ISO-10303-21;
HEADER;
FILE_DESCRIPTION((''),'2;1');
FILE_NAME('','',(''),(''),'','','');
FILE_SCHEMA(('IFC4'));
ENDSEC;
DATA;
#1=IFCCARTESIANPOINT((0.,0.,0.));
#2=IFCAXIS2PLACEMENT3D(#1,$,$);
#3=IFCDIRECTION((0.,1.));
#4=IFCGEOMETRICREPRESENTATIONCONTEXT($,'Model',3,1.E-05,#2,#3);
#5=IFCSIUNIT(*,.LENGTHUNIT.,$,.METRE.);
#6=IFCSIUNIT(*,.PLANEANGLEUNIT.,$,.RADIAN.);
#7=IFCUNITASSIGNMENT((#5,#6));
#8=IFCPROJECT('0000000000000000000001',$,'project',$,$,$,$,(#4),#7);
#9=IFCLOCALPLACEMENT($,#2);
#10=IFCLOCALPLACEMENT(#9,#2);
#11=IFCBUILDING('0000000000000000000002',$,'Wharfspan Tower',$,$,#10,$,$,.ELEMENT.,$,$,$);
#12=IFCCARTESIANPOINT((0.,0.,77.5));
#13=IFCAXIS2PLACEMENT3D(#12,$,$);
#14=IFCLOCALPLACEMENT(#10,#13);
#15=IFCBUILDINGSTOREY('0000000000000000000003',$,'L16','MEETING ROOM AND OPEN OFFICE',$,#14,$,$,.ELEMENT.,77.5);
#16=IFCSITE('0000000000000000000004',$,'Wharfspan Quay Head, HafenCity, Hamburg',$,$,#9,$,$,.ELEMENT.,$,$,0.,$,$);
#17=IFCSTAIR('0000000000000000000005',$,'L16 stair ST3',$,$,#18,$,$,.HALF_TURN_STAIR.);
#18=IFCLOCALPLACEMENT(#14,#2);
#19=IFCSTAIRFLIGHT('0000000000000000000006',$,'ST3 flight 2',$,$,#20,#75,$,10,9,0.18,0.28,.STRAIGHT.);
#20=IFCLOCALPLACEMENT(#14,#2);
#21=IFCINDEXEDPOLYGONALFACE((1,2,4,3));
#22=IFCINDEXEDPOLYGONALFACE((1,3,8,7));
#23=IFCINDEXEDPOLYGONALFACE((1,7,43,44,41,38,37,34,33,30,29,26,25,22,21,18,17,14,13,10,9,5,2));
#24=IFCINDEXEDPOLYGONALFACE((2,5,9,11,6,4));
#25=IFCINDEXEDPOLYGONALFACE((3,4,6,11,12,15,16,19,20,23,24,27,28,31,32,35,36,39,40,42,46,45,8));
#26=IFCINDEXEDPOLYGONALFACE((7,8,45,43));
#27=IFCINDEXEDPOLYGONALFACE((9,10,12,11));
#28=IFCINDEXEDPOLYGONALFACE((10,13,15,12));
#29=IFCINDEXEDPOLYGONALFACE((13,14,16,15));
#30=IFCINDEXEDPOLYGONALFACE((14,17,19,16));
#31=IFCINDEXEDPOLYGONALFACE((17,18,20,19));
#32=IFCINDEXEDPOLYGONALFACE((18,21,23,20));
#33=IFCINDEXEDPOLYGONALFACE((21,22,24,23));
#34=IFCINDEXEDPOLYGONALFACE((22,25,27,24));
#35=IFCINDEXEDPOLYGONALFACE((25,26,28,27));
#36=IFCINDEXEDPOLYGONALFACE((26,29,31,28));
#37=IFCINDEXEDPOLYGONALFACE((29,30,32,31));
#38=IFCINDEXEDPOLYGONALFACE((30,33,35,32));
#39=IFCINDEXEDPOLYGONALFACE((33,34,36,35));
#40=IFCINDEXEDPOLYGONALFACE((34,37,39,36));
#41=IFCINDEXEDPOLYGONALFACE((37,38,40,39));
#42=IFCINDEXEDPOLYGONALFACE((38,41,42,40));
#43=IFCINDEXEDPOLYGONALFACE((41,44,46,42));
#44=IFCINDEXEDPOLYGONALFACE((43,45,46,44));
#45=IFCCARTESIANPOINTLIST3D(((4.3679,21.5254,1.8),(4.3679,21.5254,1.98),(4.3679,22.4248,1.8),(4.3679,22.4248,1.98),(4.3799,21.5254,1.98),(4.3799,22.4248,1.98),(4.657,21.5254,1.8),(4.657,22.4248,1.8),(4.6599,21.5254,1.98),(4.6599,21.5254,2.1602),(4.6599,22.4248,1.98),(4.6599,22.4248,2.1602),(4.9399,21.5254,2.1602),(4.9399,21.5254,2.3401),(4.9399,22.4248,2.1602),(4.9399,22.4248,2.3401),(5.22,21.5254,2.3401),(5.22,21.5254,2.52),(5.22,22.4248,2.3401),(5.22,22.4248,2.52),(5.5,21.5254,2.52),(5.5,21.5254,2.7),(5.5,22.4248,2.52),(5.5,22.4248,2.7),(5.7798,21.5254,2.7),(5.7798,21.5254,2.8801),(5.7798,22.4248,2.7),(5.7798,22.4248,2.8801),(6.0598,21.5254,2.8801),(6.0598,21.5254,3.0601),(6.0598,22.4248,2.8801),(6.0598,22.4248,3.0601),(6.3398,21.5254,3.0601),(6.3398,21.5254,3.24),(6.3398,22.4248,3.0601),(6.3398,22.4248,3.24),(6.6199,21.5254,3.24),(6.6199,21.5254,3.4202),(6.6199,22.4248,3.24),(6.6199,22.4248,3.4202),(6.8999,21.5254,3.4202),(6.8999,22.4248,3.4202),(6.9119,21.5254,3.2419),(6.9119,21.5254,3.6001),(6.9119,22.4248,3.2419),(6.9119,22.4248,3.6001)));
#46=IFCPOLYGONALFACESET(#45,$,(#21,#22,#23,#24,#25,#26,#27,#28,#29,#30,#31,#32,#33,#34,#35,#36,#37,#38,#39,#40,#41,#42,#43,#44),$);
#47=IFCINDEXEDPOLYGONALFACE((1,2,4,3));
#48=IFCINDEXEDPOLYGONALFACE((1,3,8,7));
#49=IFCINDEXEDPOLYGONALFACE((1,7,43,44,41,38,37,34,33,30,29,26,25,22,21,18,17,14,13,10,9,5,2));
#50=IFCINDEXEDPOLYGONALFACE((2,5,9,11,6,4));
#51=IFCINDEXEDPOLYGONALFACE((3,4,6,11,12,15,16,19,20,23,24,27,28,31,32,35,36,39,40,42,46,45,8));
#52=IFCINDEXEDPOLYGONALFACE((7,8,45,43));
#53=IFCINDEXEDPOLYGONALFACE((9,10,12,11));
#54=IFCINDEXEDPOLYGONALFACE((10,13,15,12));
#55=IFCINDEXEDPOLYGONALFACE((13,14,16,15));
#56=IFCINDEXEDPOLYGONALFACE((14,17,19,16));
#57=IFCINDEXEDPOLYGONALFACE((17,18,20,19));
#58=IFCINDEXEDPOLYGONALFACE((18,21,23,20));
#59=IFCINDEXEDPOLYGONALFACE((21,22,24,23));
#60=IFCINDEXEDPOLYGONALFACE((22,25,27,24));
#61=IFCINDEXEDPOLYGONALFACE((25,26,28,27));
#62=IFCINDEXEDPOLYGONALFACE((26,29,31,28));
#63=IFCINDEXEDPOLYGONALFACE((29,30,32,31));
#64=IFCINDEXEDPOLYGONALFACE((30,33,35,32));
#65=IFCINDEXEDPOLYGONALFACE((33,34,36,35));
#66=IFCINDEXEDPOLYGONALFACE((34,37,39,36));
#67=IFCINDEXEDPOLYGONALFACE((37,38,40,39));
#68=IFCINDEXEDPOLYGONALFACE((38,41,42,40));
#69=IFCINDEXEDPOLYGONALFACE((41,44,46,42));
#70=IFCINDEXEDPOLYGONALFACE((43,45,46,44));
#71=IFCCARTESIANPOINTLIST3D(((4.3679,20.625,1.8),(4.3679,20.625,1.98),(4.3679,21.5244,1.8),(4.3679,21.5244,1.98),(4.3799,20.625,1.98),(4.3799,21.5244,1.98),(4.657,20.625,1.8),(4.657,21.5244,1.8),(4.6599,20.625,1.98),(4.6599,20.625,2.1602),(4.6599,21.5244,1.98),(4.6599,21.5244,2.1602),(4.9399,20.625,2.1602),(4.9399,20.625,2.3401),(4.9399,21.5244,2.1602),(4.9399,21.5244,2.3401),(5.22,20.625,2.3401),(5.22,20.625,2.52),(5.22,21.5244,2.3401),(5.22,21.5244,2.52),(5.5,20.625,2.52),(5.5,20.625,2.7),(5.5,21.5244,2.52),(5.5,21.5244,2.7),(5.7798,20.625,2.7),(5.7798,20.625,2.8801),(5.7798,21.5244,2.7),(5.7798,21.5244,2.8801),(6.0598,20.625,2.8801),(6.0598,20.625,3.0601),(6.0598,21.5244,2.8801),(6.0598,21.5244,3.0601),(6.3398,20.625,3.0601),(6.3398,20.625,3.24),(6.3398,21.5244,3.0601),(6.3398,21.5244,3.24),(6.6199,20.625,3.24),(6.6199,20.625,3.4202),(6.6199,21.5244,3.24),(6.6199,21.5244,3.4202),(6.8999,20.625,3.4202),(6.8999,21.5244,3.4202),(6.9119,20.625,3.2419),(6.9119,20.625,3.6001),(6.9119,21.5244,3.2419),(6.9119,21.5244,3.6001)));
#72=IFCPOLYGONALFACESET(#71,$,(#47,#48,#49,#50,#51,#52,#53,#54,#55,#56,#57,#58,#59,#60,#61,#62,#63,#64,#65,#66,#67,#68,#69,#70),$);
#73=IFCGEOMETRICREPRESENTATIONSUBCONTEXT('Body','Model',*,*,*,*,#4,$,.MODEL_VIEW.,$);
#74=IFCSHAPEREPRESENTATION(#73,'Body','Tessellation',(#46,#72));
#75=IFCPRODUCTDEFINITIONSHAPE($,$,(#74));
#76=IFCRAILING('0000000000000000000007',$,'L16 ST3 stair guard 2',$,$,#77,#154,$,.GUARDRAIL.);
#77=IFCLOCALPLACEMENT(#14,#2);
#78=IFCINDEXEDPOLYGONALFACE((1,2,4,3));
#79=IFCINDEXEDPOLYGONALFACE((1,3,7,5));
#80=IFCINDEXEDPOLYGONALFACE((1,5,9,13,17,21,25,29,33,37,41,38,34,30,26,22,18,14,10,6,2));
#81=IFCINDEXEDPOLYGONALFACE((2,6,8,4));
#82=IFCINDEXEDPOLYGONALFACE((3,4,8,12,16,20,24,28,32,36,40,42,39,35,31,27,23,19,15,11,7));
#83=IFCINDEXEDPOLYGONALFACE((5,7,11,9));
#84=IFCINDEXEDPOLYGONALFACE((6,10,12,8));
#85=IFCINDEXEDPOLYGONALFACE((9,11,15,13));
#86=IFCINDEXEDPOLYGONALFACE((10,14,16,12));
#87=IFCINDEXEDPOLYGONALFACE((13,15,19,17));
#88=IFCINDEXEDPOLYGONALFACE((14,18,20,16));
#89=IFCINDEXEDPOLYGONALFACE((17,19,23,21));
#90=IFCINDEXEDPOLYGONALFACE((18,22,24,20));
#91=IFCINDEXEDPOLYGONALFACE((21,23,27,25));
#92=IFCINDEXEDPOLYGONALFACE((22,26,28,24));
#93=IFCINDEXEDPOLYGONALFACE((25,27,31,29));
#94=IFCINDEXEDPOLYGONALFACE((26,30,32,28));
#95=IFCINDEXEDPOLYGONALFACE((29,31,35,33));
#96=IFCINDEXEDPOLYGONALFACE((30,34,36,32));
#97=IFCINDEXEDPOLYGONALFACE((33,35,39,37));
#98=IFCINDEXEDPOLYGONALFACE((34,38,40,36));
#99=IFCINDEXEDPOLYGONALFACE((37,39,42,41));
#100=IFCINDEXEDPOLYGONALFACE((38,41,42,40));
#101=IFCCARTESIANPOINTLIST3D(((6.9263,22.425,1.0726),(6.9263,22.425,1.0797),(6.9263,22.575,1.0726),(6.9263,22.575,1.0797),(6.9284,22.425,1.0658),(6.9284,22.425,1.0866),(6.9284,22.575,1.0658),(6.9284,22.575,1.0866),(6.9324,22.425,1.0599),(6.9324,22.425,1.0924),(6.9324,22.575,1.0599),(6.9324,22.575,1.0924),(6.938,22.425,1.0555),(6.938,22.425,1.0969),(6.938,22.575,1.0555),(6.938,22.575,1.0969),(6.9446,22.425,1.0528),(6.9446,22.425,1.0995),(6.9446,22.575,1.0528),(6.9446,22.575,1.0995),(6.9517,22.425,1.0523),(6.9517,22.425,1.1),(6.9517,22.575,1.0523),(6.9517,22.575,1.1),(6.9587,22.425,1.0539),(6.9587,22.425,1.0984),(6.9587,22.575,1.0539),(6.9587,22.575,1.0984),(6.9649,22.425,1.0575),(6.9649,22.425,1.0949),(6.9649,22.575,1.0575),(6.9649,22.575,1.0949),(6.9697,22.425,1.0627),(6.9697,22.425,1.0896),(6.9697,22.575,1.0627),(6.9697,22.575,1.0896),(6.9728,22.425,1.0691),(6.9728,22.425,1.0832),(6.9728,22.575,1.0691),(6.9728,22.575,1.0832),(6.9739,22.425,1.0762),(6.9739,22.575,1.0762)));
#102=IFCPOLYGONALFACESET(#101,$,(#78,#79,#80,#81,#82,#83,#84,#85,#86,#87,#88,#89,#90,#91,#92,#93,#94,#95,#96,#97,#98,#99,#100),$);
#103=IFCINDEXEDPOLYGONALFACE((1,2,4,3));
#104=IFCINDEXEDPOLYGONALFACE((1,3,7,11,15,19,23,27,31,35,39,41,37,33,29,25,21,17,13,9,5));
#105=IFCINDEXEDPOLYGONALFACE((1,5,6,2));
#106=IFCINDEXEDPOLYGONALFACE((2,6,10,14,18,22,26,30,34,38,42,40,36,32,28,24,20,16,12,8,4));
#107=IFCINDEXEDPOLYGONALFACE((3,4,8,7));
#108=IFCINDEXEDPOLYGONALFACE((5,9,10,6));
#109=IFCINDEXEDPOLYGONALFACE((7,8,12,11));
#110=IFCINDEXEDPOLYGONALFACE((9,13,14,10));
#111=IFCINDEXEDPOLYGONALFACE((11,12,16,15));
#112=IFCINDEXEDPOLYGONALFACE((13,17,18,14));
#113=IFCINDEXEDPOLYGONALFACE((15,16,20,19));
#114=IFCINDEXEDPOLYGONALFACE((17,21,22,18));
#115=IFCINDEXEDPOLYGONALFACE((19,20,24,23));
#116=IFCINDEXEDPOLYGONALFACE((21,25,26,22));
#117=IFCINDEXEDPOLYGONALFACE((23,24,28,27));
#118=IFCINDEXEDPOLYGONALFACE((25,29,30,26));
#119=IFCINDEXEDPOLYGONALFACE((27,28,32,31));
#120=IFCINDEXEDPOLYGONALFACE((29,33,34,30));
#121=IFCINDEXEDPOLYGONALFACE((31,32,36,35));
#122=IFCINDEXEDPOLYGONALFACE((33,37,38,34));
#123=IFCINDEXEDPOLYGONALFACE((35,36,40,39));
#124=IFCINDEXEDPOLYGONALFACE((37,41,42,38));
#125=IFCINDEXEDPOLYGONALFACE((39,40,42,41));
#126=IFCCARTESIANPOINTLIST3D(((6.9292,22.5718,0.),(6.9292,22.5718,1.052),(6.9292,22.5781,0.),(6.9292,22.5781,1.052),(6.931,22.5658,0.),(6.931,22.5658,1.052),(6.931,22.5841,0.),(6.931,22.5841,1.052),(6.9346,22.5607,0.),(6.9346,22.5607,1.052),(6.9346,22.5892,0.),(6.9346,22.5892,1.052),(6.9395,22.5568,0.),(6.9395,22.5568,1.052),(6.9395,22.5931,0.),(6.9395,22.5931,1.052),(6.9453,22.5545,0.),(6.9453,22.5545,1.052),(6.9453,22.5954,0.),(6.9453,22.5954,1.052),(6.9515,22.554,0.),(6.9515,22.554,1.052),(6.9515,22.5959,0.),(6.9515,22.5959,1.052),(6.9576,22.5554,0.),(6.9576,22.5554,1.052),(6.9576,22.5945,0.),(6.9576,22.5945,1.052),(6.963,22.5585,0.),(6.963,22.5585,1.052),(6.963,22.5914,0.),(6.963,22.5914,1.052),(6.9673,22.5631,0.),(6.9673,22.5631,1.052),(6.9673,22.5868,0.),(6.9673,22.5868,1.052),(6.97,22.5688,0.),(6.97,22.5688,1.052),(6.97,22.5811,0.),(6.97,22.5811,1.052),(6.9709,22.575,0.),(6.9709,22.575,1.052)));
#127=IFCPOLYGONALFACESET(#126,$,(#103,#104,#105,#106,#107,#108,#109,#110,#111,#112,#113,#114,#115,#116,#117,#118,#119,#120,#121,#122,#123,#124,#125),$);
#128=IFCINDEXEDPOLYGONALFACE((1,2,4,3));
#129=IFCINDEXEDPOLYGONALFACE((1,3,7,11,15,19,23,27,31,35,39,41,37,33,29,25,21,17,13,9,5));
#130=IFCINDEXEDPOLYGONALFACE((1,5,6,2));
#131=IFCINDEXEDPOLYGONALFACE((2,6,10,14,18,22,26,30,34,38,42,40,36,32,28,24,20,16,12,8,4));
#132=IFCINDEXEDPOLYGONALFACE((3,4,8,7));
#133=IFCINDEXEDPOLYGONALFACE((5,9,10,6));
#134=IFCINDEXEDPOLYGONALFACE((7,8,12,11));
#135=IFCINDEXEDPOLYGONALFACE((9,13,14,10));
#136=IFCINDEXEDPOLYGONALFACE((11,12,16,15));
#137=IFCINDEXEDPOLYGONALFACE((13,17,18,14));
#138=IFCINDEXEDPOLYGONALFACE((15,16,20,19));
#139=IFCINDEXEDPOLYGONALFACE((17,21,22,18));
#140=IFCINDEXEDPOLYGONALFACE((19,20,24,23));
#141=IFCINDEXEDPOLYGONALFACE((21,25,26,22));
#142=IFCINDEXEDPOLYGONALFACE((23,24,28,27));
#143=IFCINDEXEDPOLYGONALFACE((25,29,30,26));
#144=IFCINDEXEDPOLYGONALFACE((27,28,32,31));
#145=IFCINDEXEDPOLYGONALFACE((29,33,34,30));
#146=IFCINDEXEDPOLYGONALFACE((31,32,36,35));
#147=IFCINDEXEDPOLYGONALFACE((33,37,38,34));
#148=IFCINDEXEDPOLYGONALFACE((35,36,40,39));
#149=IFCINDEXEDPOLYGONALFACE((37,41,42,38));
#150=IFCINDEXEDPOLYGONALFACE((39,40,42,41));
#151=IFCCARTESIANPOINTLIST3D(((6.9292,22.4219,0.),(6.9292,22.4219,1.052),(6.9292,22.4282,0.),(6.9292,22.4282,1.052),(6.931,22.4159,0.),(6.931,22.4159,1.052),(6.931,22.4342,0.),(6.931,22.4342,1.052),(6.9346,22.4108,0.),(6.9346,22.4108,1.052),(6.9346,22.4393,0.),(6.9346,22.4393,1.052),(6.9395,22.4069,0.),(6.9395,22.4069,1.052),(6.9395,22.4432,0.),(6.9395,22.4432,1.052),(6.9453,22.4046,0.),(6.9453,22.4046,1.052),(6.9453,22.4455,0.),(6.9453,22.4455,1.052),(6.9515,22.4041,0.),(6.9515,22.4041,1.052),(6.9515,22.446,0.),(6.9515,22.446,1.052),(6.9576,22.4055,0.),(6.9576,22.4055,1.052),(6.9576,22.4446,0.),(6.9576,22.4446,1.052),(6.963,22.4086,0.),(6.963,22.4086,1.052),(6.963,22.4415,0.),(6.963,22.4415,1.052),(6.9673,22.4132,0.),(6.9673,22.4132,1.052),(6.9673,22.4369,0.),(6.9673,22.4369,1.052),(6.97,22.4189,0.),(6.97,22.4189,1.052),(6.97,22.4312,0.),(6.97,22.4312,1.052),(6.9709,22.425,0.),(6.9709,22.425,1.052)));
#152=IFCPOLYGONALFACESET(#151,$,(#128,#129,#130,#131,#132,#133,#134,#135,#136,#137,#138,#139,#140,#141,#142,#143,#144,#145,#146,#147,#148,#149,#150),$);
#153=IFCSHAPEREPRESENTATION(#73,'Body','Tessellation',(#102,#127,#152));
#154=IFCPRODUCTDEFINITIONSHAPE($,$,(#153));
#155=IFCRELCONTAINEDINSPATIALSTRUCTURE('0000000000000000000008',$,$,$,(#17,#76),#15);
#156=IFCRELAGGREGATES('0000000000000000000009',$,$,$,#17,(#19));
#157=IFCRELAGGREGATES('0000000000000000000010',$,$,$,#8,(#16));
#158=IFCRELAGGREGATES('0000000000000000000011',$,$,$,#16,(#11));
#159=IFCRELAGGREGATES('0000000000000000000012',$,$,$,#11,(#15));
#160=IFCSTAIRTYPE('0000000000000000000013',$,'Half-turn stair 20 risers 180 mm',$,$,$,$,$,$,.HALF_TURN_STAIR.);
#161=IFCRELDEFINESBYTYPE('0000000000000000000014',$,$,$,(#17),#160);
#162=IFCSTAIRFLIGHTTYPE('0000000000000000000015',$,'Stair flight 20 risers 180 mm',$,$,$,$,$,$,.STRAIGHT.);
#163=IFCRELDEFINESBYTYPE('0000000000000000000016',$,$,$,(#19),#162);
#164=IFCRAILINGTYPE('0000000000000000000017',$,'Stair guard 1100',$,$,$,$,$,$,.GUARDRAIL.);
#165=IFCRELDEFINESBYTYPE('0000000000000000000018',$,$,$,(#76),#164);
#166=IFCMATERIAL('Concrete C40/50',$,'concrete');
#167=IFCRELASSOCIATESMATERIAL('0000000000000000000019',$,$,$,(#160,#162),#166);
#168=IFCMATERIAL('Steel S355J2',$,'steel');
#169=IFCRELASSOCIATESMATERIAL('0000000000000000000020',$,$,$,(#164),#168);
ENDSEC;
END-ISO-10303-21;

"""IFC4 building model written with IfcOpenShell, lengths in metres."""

from ifc_helpers import new_model, si_unit, direction, frame, origin, origin_2d, place, context, subcontext, project, spatial, polyline, circle, outline, extrude, material, type_object, element, aggregate, save


model = new_model("IFC4")

# Units and contexts
model_context = context("Model", 3, precision=1e-05, world=origin(), true_north=direction((0.0, 1.0)))
body_context = subcontext(model_context, "Body", "Model", "MODEL_VIEW")
ifc_project = project(units=[si_unit("LENGTHUNIT", "METRE"), si_unit("PLANEANGLEUNIT", "RADIAN")], contexts=[model_context])

# Site, building, storey
site_placement = place(None, origin())
site = spatial("IfcSite", under=ifc_project, at=site_placement, Name="Wharfspan Quay Head, HafenCity, Hamburg", CompositionType="ELEMENT", RefElevation=0.0)
building_placement = place(site_placement, origin())
building = spatial("IfcBuilding", under=site, at=building_placement, Name="Wharfspan Tower", CompositionType="ELEMENT")
storey_placement = place(building_placement, frame((0.0, 0.0, 77.5)))
storey = spatial("IfcBuildingStorey", under=building, at=storey_placement, Name="L16", Description="MEETING ROOM AND OPEN OFFICE", CompositionType="ELEMENT", Elevation=77.5)

# Shared definitions
ifc_material_1 = material(Name="Steel S355J2", Category="steel")

# Shared definitions
ifc_material_2 = material(Name="Concrete C40/50", Category="concrete")

# Stair, stair flight
stair_type = type_object("IfcStairType", Name="Half-turn stair 20 risers 180 mm", PredefinedType="HALF_TURN_STAIR", material=ifc_material_2)
stair_placement = place(storey_placement, origin())
stair = element("IfcStair", 1, at=stair_placement, inside=storey, type_object=stair_type, Name="L16 stair ST3", PredefinedType="HALF_TURN_STAIR")
stair_flight_type = type_object("IfcStairFlightType", Name="Stair flight 20 risers 180 mm", PredefinedType="STRAIGHT", material=ifc_material_2)
stair_flight_1_placement = place(storey_placement, frame((4.3799, 21.5249, 1.8), z_axis=(0.0, 0.0, 1.0), x_axis=(1.0, 0.0, 0.0)))
stair_flight_1 = element("IfcStairFlight", 2, at=stair_flight_1_placement, type_object=stair_flight_type, Name="ST3 flight 2", NumberOfRisers=10, NumberOfTreads=9, PredefinedType="STRAIGHT", RiserHeight=0.18, TreadLength=0.28, context=body_context, shape_type="SweptSolid", body=[
    extrude(outline(polyline([(-0.012, 0.0), (-0.012, 0.1799), (0.0, 0.1799), (0.28, 0.1799), (0.28, 0.3601), (0.5601, 0.3601), (0.5601, 0.54), (0.8401, 0.54), (0.8401, 0.72), (1.1201, 0.72), (1.1201, 0.8999), (1.3999, 0.8999), (1.3999, 1.0801), (1.6799, 1.0801), (1.6799, 1.26), (1.96, 1.26), (1.96, 1.4399), (2.24, 1.4399), (2.24, 1.6201), (2.52, 1.6201), (2.532, 1.8), (2.532, 1.4419), (0.2771, 0.0), (-0.012, 0.0)])), frame((0.0, 0.8999, 0.0), z_axis=(0.0, -1.0, 0.0), x_axis=(1.0, 0.0, 0.0)), (0.0, 0.0, 1.0), 0.8994),
    extrude(outline(polyline([(-0.012, 0.0), (-0.012, 0.1799), (0.0, 0.1799), (0.28, 0.1799), (0.28, 0.3601), (0.5601, 0.3601), (0.5601, 0.54), (0.8401, 0.54), (0.8401, 0.72), (1.1201, 0.72), (1.1201, 0.8999), (1.3999, 0.8999), (1.3999, 1.0801), (1.6799, 1.0801), (1.6799, 1.26), (1.96, 1.26), (1.96, 1.4399), (2.24, 1.4399), (2.24, 1.6201), (2.52, 1.6201), (2.532, 1.8), (2.532, 1.4419), (0.2771, 0.0), (-0.012, 0.0)])), frame((0.0, -0.0005, 0.0), z_axis=(0.0, -1.0, 0.0), x_axis=(1.0, 0.0, 0.0)), (0.0, 0.0, 1.0), 0.8994),
])
aggregate(stair, [stair_flight_1])

# Railing
railing_type_1 = type_object("IfcRailingType", Name="Stair guard 1100", PredefinedType="GUARDRAIL", material=ifc_material_1)
railing_1_placement = place(storey_placement, frame((6.95, 22.575, 0.0)))
element("IfcRailing", 3, at=railing_1_placement, inside=storey, type_object=railing_type_1, Name="L16 ST3 stair guard 2", PredefinedType="GUARDRAIL", context=body_context, shape_type="SweptSolid", body=[
    extrude(circle(Radius=0.0239, at=origin_2d()), frame((0.0, 0.0, 1.0762), z_axis=(0.0, -1.0, 0.0), x_axis=(1.0, 0.0, 0.0)), (0.0, 0.0, 1.0), 0.1499),
    extrude(circle(Radius=0.021, at=origin_2d()), origin(), (0.0, 0.0, 1.0), 1.052),
    extrude(circle(Radius=0.021, at=origin_2d()), frame((0.0, -0.1499, 0.0)), (0.0, 0.0, 1.0), 1.052),
])

save(model, "model.ifc")
